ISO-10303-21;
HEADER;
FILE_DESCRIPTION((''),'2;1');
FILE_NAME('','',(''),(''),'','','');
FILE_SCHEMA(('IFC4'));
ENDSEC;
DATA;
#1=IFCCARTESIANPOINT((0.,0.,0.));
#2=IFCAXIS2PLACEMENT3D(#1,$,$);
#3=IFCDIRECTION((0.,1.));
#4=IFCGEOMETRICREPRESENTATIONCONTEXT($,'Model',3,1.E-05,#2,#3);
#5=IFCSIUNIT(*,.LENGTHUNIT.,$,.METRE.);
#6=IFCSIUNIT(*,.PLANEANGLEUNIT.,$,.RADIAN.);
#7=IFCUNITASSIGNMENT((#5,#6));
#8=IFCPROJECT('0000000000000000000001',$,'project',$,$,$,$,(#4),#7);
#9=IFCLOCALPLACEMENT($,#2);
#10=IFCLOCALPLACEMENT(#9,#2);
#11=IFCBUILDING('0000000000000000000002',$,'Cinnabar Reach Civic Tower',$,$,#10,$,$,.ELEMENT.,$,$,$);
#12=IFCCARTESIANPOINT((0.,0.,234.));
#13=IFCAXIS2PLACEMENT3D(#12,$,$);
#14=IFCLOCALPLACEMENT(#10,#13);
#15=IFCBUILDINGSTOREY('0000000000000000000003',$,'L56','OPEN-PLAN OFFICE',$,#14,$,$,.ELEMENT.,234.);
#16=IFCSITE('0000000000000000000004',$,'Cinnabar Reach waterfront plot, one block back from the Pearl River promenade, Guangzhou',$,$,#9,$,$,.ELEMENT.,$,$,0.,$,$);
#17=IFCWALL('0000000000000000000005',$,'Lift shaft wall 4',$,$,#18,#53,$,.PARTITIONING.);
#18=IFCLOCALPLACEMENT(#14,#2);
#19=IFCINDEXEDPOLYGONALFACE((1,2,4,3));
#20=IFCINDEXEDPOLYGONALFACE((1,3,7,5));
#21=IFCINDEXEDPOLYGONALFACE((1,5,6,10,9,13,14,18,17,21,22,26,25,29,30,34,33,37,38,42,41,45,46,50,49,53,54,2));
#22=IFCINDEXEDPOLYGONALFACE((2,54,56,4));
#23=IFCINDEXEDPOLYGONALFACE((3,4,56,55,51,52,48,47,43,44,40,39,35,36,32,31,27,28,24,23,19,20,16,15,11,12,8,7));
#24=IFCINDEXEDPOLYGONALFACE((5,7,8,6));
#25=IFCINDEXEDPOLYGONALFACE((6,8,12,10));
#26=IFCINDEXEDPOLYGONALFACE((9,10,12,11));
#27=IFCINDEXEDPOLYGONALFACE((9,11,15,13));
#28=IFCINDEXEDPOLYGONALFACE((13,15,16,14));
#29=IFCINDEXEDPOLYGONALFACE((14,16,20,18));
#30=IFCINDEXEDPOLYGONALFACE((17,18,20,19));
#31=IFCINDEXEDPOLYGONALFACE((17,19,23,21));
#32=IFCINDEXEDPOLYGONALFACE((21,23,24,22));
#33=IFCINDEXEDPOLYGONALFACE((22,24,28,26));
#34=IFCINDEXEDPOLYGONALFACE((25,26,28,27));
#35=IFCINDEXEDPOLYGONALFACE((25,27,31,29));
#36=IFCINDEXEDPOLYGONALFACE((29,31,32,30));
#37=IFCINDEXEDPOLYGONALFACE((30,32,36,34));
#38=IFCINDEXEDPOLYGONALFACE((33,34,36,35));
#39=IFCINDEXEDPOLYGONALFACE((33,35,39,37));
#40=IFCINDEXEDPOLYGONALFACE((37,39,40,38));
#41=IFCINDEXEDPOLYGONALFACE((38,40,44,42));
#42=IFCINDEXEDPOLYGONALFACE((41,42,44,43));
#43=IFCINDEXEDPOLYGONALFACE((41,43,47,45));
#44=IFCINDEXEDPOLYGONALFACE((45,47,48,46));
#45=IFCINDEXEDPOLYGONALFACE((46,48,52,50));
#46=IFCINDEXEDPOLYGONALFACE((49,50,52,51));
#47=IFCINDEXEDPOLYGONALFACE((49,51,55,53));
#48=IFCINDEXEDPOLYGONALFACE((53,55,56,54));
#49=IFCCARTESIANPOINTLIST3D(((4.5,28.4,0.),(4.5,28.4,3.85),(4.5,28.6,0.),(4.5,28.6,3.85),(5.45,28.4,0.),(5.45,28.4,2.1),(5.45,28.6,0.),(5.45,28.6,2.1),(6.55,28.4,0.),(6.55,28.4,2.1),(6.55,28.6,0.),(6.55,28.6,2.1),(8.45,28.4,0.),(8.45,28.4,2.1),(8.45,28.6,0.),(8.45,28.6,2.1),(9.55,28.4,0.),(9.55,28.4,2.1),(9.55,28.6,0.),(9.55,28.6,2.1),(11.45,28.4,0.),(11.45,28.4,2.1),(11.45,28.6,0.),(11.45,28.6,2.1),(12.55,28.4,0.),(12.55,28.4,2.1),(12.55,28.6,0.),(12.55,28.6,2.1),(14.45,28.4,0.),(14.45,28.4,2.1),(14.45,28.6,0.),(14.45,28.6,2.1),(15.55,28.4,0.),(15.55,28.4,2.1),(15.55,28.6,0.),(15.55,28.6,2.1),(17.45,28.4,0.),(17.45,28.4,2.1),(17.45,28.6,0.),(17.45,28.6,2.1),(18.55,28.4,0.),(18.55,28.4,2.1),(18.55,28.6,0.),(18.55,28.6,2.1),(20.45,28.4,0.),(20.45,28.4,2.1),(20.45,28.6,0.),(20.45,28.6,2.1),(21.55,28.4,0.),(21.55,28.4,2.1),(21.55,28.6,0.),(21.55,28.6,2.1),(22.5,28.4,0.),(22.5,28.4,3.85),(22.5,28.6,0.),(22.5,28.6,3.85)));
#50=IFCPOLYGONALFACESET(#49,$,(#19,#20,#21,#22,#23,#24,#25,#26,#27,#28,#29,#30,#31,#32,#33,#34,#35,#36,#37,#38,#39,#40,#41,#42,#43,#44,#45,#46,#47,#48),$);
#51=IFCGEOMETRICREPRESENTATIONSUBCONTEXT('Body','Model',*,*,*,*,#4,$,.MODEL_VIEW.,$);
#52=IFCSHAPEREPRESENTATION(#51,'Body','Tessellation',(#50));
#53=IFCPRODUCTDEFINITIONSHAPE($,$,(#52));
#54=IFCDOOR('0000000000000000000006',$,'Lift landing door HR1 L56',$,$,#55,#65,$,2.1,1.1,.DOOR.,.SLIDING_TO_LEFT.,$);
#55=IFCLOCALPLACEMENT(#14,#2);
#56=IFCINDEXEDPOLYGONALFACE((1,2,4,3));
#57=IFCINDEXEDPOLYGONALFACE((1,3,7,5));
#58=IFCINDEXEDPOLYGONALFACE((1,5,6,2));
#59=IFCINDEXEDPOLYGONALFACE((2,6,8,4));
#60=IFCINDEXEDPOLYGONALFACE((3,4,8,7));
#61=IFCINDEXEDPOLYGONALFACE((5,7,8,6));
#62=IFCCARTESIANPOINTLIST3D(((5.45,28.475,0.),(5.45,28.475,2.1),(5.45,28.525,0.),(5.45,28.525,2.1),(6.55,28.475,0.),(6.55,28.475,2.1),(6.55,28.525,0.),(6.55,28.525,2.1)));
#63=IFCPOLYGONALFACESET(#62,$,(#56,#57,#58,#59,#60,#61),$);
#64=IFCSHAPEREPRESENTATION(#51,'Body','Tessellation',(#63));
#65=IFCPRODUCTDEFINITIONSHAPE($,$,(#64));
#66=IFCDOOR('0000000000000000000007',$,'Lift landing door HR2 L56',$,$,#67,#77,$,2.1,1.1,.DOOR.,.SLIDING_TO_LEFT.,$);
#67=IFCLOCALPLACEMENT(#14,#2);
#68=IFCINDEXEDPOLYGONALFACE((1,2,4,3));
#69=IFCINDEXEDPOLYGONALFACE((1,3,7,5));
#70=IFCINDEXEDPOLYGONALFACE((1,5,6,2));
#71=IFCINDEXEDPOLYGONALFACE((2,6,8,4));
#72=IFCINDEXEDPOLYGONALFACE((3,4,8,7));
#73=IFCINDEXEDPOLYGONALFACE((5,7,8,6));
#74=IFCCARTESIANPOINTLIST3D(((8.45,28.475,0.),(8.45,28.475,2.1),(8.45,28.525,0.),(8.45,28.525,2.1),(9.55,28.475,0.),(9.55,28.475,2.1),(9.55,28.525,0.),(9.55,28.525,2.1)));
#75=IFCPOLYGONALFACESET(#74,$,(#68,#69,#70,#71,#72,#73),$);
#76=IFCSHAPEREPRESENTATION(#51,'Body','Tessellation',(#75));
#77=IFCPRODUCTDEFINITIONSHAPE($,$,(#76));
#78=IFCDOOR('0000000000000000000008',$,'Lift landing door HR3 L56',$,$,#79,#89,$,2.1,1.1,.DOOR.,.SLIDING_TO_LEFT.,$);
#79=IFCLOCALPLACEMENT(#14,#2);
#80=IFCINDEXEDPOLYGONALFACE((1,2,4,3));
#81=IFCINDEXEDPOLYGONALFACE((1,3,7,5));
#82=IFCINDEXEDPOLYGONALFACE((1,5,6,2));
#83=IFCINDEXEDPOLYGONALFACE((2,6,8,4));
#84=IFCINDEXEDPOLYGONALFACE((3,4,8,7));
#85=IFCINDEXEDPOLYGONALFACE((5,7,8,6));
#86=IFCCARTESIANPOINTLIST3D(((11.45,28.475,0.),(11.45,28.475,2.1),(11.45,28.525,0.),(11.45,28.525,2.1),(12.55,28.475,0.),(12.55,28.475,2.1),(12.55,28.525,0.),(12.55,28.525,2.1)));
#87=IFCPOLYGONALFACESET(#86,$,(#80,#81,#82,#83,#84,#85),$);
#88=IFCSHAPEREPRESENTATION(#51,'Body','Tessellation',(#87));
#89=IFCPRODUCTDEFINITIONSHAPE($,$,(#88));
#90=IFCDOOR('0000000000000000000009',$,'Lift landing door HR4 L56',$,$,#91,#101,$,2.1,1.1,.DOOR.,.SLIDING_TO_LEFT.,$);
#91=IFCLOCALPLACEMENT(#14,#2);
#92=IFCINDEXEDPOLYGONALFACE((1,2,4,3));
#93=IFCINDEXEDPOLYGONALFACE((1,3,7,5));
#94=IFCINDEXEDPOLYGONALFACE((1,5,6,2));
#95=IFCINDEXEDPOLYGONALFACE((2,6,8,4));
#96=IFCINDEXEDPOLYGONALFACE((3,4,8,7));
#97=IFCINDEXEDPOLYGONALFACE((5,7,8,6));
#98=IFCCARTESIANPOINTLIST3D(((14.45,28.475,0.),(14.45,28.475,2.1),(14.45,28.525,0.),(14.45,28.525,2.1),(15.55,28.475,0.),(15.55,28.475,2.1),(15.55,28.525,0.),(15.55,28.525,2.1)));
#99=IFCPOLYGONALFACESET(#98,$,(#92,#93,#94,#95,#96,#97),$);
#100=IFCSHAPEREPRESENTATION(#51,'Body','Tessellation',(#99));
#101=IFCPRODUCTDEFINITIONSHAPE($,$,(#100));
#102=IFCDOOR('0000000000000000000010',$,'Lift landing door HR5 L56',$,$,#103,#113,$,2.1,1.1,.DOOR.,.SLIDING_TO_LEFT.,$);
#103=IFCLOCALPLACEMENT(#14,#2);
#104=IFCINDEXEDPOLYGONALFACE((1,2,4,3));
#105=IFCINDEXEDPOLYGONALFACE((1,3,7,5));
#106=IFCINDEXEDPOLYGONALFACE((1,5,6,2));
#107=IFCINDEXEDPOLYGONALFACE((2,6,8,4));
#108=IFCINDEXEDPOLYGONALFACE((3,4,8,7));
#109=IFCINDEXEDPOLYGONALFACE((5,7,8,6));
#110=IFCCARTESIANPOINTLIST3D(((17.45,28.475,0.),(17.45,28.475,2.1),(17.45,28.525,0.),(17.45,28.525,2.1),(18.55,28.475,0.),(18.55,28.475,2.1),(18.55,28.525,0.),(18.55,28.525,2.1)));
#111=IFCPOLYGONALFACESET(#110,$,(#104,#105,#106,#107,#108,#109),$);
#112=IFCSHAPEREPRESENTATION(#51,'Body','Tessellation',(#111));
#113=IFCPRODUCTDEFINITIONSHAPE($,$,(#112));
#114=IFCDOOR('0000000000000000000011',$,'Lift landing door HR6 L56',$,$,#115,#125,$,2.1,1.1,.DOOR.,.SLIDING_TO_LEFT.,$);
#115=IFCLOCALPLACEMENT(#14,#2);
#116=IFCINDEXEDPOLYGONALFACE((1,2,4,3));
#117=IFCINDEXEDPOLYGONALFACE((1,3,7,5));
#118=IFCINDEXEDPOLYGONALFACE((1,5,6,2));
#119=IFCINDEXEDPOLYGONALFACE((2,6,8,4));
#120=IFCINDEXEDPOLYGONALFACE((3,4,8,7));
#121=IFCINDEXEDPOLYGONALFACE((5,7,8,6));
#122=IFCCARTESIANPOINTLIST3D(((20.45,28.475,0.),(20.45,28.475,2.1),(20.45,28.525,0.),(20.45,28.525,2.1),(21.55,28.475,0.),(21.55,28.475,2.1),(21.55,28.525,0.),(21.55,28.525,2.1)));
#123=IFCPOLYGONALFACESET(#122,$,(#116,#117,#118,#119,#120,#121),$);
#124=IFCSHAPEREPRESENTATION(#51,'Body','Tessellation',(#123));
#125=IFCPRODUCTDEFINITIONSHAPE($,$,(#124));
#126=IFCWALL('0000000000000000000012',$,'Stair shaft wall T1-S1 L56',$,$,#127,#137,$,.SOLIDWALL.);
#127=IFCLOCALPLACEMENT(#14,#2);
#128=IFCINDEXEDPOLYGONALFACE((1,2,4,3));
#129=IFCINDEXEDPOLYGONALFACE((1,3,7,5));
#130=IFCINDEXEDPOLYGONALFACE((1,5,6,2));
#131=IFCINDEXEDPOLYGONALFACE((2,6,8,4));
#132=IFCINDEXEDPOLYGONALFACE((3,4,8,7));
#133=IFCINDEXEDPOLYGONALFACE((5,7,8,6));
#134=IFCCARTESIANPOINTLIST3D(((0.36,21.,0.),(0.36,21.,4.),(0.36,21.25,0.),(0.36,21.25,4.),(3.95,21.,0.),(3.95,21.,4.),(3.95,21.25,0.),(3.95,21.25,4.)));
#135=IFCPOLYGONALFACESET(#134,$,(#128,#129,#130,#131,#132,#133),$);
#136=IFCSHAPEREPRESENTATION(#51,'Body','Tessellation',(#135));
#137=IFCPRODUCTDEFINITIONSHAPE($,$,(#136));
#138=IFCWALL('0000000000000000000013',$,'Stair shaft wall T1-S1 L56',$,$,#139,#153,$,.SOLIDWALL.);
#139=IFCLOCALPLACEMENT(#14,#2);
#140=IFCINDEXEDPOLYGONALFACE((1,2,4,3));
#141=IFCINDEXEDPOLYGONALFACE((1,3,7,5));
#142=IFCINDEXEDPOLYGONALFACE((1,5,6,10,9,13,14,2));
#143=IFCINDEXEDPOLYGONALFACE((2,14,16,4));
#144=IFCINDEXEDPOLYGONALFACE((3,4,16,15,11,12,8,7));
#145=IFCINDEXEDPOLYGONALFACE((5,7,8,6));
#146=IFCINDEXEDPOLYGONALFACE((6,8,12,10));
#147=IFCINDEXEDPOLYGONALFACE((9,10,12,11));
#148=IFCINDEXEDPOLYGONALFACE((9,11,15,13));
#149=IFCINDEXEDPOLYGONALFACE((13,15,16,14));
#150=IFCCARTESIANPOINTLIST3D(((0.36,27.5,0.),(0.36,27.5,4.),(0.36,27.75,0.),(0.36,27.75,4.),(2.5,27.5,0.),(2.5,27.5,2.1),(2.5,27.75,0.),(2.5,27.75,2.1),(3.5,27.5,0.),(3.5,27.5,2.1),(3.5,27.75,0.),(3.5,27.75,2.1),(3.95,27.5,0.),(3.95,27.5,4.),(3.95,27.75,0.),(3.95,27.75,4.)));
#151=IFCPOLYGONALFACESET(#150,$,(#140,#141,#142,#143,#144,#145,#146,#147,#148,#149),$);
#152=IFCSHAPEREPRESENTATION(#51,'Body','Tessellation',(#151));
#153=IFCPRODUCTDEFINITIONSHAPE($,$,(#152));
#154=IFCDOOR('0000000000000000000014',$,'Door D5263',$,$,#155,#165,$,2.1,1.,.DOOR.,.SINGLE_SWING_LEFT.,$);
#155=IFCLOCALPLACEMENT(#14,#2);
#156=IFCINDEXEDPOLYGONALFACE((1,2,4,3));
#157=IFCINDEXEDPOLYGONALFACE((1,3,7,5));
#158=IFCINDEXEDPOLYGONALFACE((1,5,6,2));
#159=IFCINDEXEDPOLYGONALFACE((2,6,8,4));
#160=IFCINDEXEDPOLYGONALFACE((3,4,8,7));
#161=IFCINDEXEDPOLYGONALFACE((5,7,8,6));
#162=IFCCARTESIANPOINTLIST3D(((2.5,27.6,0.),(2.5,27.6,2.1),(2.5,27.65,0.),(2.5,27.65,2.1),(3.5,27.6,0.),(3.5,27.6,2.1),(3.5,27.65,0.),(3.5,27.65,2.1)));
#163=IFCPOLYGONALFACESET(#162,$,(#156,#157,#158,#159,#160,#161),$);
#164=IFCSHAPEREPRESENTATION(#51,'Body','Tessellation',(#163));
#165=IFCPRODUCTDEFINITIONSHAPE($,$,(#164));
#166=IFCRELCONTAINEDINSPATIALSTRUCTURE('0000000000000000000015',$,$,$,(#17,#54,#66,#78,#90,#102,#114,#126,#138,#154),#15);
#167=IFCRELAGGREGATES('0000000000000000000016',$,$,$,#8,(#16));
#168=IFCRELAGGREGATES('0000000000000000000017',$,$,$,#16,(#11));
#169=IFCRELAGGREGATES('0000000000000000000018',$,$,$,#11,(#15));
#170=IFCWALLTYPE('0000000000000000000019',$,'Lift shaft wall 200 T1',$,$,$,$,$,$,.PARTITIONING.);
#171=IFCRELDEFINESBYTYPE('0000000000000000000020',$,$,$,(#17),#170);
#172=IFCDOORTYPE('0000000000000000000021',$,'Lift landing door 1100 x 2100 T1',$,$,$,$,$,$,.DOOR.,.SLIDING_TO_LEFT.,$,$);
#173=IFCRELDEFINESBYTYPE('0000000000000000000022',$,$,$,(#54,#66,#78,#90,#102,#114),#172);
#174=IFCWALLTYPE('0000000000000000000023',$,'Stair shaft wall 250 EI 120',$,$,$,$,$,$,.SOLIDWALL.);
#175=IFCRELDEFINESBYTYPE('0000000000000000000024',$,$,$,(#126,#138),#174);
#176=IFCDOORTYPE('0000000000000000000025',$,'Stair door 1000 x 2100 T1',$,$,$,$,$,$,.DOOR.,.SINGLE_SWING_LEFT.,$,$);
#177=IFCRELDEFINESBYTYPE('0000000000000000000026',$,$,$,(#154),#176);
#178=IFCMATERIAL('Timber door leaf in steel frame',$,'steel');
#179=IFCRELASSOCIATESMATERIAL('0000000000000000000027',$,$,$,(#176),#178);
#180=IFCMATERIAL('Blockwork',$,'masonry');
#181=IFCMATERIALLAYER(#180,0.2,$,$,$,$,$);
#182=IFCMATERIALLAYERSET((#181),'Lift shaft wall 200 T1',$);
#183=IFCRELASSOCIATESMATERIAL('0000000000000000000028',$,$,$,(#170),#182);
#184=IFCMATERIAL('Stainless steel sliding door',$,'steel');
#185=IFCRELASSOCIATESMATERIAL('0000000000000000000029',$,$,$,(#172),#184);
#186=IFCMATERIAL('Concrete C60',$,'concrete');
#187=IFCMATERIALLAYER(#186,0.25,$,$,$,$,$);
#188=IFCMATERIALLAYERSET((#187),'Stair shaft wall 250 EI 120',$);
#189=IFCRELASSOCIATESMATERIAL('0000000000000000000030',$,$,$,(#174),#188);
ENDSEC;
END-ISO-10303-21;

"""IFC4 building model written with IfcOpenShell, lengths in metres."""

from ifc_helpers import new_model, si_unit, direction, frame, frame_2d, origin, place, context, subcontext, project, spatial, rectangle, extrude, material, layer, layer_set, type_object, element, fill, save


model = new_model("IFC4")

# Units and contexts
model_context = context("Model", 3, precision=1e-05, world=origin(), true_north=direction((0.0, 1.0)))
body_context = subcontext(model_context, "Body", "Model", "MODEL_VIEW")
ifc_project = project(units=[si_unit("LENGTHUNIT", "METRE"), si_unit("PLANEANGLEUNIT", "RADIAN")], contexts=[model_context])

# Site, building, storey
site_placement = place(None, origin())
site = spatial("IfcSite", under=ifc_project, at=site_placement, Name="Cinnabar Reach waterfront plot, one block back from the Pearl River promenade, Guangzhou", CompositionType="ELEMENT", RefElevation=0.0)
building_placement = place(site_placement, origin())
building = spatial("IfcBuilding", under=site, at=building_placement, Name="Cinnabar Reach Civic Tower", CompositionType="ELEMENT")
storey_placement = place(building_placement, frame((0.0, 0.0, 234.0)))
storey = spatial("IfcBuildingStorey", under=building, at=storey_placement, Name="L56", Description="OPEN-PLAN OFFICE", CompositionType="ELEMENT", Elevation=234.0)

# Shared definitions
ifc_material_1 = material(Name="Concrete C60", Category="concrete")

# Shared definitions
ifc_material_2 = material(Name="Timber door leaf in steel frame", Category="steel")
door_type_1 = type_object("IfcDoorType", Name="Stair door 1000 x 2100 T1", OperationType="SINGLE_SWING_LEFT", PredefinedType="DOOR", material=ifc_material_2)

# Wall, openings, doors
ifc_material_3 = material(Name="Blockwork", Category="masonry")
ifc_layer_1 = layer(ifc_material_3, 0.2)
ifc_layer_set_1 = layer_set([ifc_layer_1], Name="Lift shaft wall 200 T1")
wall_type_1 = type_object("IfcWallType", Name="Lift shaft wall 200 T1", PredefinedType="PARTITIONING", material=ifc_layer_set_1)
wall_1_placement = place(storey_placement, frame((4.5, 28.5, 0.0), z_axis=(0.0, 0.0, 1.0), x_axis=(1.0, 0.0, 0.0)))
wall_1 = element("IfcWall", 1, at=wall_1_placement, inside=storey, type_object=wall_type_1, Name="Lift shaft wall 4", PredefinedType="PARTITIONING", context=body_context, shape_type="SweptSolid", body=[
    extrude(rectangle(XDim=18.0, YDim=0.2, at=frame_2d((9.0, 0.0))), origin(), (0.0, 0.0, 1.0), 3.85),
])
opening_1_placement = place(wall_1_placement, frame((0.95, 0.0, 0.0)))
opening_1 = element("IfcOpeningElement", 2, at=opening_1_placement, cuts=wall_1, PredefinedType="OPENING", context=body_context, shape_type="SweptSolid", body=[
    extrude(rectangle(XDim=1.1, YDim=2.1, at=frame_2d((0.55, 1.05))), frame((0.0, 0.11, 0.0), z_axis=(0.0, -1.0, 0.0), x_axis=(1.0, 0.0, 0.0)), (0.0, 0.0, 1.0), 0.22),
])
opening_2_placement = place(wall_1_placement, frame((3.95, 0.0, 0.0)))
opening_2 = element("IfcOpeningElement", 3, at=opening_2_placement, cuts=wall_1, PredefinedType="OPENING", context=body_context, shape_type="SweptSolid", body=[
    extrude(rectangle(XDim=1.1, YDim=2.1, at=frame_2d((0.55, 1.05))), frame((0.0, 0.11, 0.0), z_axis=(0.0, -1.0, 0.0), x_axis=(1.0, 0.0, 0.0)), (0.0, 0.0, 1.0), 0.22),
])
opening_3_placement = place(wall_1_placement, frame((6.95, 0.0, 0.0)))
opening_3 = element("IfcOpeningElement", 4, at=opening_3_placement, cuts=wall_1, PredefinedType="OPENING", context=body_context, shape_type="SweptSolid", body=[
    extrude(rectangle(XDim=1.1, YDim=2.1, at=frame_2d((0.55, 1.05))), frame((0.0, 0.11, 0.0), z_axis=(0.0, -1.0, 0.0), x_axis=(1.0, 0.0, 0.0)), (0.0, 0.0, 1.0), 0.22),
])
opening_4_placement = place(wall_1_placement, frame((9.95, 0.0, 0.0)))
opening_4 = element("IfcOpeningElement", 5, at=opening_4_placement, cuts=wall_1, PredefinedType="OPENING", context=body_context, shape_type="SweptSolid", body=[
    extrude(rectangle(XDim=1.1, YDim=2.1, at=frame_2d((0.55, 1.05))), frame((0.0, 0.11, 0.0), z_axis=(0.0, -1.0, 0.0), x_axis=(1.0, 0.0, 0.0)), (0.0, 0.0, 1.0), 0.22),
])
opening_5_placement = place(wall_1_placement, frame((12.95, 0.0, 0.0)))
opening_5 = element("IfcOpeningElement", 6, at=opening_5_placement, cuts=wall_1, PredefinedType="OPENING", context=body_context, shape_type="SweptSolid", body=[
    extrude(rectangle(XDim=1.1, YDim=2.1, at=frame_2d((0.55, 1.05))), frame((0.0, 0.11, 0.0), z_axis=(0.0, -1.0, 0.0), x_axis=(1.0, 0.0, 0.0)), (0.0, 0.0, 1.0), 0.22),
])
opening_6_placement = place(wall_1_placement, frame((15.95, 0.0, 0.0)))
opening_6 = element("IfcOpeningElement", 7, at=opening_6_placement, cuts=wall_1, PredefinedType="OPENING", context=body_context, shape_type="SweptSolid", body=[
    extrude(rectangle(XDim=1.1, YDim=2.1, at=frame_2d((0.55, 1.05))), frame((0.0, 0.11, 0.0), z_axis=(0.0, -1.0, 0.0), x_axis=(1.0, 0.0, 0.0)), (0.0, 0.0, 1.0), 0.22),
])
ifc_material_4 = material(Name="Stainless steel sliding door", Category="steel")
door_type_2 = type_object("IfcDoorType", Name="Lift landing door 1100 x 2100 T1", OperationType="SLIDING_TO_LEFT", PredefinedType="DOOR", material=ifc_material_4)
door_1_placement = place(opening_1_placement, origin())
door_1 = element("IfcDoor", 8, at=door_1_placement, inside=storey, type_object=door_type_2, Name="Lift landing door HR1 L56", OperationType="SLIDING_TO_LEFT", OverallHeight=2.1, OverallWidth=1.1, PredefinedType="DOOR", context=body_context, shape_type="SweptSolid", body=[
    extrude(rectangle(XDim=1.1, YDim=2.1, at=frame_2d((0.55, 1.05))), frame((0.0, 0.025, 0.0), z_axis=(0.0, -1.0, 0.0), x_axis=(1.0, 0.0, 0.0)), (0.0, 0.0, 1.0), 0.05),
])
fill(opening_1, door_1)
door_2_placement = place(opening_2_placement, origin())
door_2 = element("IfcDoor", 9, at=door_2_placement, inside=storey, type_object=door_type_2, Name="Lift landing door HR2 L56", OperationType="SLIDING_TO_LEFT", OverallHeight=2.1, OverallWidth=1.1, PredefinedType="DOOR", context=body_context, shape_type="SweptSolid", body=[
    extrude(rectangle(XDim=1.1, YDim=2.1, at=frame_2d((0.55, 1.05))), frame((0.0, 0.025, 0.0), z_axis=(0.0, -1.0, 0.0), x_axis=(1.0, 0.0, 0.0)), (0.0, 0.0, 1.0), 0.05),
])
fill(opening_2, door_2)
door_3_placement = place(opening_3_placement, origin())
door_3 = element("IfcDoor", 10, at=door_3_placement, inside=storey, type_object=door_type_2, Name="Lift landing door HR3 L56", OperationType="SLIDING_TO_LEFT", OverallHeight=2.1, OverallWidth=1.1, PredefinedType="DOOR", context=body_context, shape_type="SweptSolid", body=[
    extrude(rectangle(XDim=1.1, YDim=2.1, at=frame_2d((0.55, 1.05))), frame((0.0, 0.025, 0.0), z_axis=(0.0, -1.0, 0.0), x_axis=(1.0, 0.0, 0.0)), (0.0, 0.0, 1.0), 0.05),
])
fill(opening_3, door_3)
door_4_placement = place(opening_4_placement, origin())
door_4 = element("IfcDoor", 11, at=door_4_placement, inside=storey, type_object=door_type_2, Name="Lift landing door HR4 L56", OperationType="SLIDING_TO_LEFT", OverallHeight=2.1, OverallWidth=1.1, PredefinedType="DOOR", context=body_context, shape_type="SweptSolid", body=[
    extrude(rectangle(XDim=1.1, YDim=2.1, at=frame_2d((0.55, 1.05))), frame((0.0, 0.025, 0.0), z_axis=(0.0, -1.0, 0.0), x_axis=(1.0, 0.0, 0.0)), (0.0, 0.0, 1.0), 0.05),
])
fill(opening_4, door_4)
door_5_placement = place(opening_5_placement, origin())
door_5 = element("IfcDoor", 12, at=door_5_placement, inside=storey, type_object=door_type_2, Name="Lift landing door HR5 L56", OperationType="SLIDING_TO_LEFT", OverallHeight=2.1, OverallWidth=1.1, PredefinedType="DOOR", context=body_context, shape_type="SweptSolid", body=[
    extrude(rectangle(XDim=1.1, YDim=2.1, at=frame_2d((0.55, 1.05))), frame((0.0, 0.025, 0.0), z_axis=(0.0, -1.0, 0.0), x_axis=(1.0, 0.0, 0.0)), (0.0, 0.0, 1.0), 0.05),
])
fill(opening_5, door_5)
door_6_placement = place(opening_6_placement, origin())
door_6 = element("IfcDoor", 13, at=door_6_placement, inside=storey, type_object=door_type_2, Name="Lift landing door HR6 L56", OperationType="SLIDING_TO_LEFT", OverallHeight=2.1, OverallWidth=1.1, PredefinedType="DOOR", context=body_context, shape_type="SweptSolid", body=[
    extrude(rectangle(XDim=1.1, YDim=2.1, at=frame_2d((0.55, 1.05))), frame((0.0, 0.025, 0.0), z_axis=(0.0, -1.0, 0.0), x_axis=(1.0, 0.0, 0.0)), (0.0, 0.0, 1.0), 0.05),
])
fill(opening_6, door_6)

# Wall
ifc_layer_2 = layer(ifc_material_1, 0.25)
ifc_layer_set_2 = layer_set([ifc_layer_2], Name="Stair shaft wall 250 EI 120")
wall_type_2 = type_object("IfcWallType", Name="Stair shaft wall 250 EI 120", PredefinedType="SOLIDWALL", material=ifc_layer_set_2)
wall_2_placement = place(storey_placement, frame((0.36, 21.125, 0.0), z_axis=(0.0, 0.0, 1.0), x_axis=(1.0, 0.0, 0.0)))
element("IfcWall", 14, at=wall_2_placement, inside=storey, type_object=wall_type_2, Name="Stair shaft wall T1-S1 L56", PredefinedType="SOLIDWALL", context=body_context, shape_type="SweptSolid", body=[
    extrude(rectangle(XDim=3.59, YDim=0.25, at=frame_2d((1.795, 0.0))), origin(), (0.0, 0.0, 1.0), 4.0),
])

# Wall, opening, door
wall_3_placement = place(storey_placement, frame((3.95, 27.625, 0.0), z_axis=(0.0, 0.0, 1.0), x_axis=(-1.0, 0.0, 0.0)))
wall_3 = element("IfcWall", 15, at=wall_3_placement, inside=storey, type_object=wall_type_2, Name="Stair shaft wall T1-S1 L56", PredefinedType="SOLIDWALL", context=body_context, shape_type="SweptSolid", body=[
    extrude(rectangle(XDim=3.59, YDim=0.25, at=frame_2d((1.795, 0.0))), origin(), (0.0, 0.0, 1.0), 4.0),
])
opening_7_placement = place(wall_3_placement, frame((0.45, 0.0, 0.0)))
opening_7 = element("IfcOpeningElement", 16, at=opening_7_placement, cuts=wall_3, PredefinedType="OPENING", context=body_context, shape_type="SweptSolid", body=[
    extrude(rectangle(XDim=1.0, YDim=2.1, at=frame_2d((0.5, 1.05))), frame((0.0, 0.135, 0.0), z_axis=(0.0, -1.0, 0.0), x_axis=(1.0, 0.0, 0.0)), (0.0, 0.0, 1.0), 0.27),
])
door_7_placement = place(opening_7_placement, origin())
door_7 = element("IfcDoor", 17, at=door_7_placement, inside=storey, type_object=door_type_1, Name="Door D5263", OperationType="SINGLE_SWING_LEFT", OverallHeight=2.1, OverallWidth=1.0, PredefinedType="DOOR", context=body_context, shape_type="SweptSolid", body=[
    extrude(rectangle(XDim=1.0, YDim=2.1, at=frame_2d((0.5, 1.05))), frame((0.0, 0.025, 0.0), z_axis=(0.0, -1.0, 0.0), x_axis=(1.0, 0.0, 0.0)), (0.0, 0.0, 1.0), 0.05),
])
fill(opening_7, door_7)

save(model, "model.ifc")
